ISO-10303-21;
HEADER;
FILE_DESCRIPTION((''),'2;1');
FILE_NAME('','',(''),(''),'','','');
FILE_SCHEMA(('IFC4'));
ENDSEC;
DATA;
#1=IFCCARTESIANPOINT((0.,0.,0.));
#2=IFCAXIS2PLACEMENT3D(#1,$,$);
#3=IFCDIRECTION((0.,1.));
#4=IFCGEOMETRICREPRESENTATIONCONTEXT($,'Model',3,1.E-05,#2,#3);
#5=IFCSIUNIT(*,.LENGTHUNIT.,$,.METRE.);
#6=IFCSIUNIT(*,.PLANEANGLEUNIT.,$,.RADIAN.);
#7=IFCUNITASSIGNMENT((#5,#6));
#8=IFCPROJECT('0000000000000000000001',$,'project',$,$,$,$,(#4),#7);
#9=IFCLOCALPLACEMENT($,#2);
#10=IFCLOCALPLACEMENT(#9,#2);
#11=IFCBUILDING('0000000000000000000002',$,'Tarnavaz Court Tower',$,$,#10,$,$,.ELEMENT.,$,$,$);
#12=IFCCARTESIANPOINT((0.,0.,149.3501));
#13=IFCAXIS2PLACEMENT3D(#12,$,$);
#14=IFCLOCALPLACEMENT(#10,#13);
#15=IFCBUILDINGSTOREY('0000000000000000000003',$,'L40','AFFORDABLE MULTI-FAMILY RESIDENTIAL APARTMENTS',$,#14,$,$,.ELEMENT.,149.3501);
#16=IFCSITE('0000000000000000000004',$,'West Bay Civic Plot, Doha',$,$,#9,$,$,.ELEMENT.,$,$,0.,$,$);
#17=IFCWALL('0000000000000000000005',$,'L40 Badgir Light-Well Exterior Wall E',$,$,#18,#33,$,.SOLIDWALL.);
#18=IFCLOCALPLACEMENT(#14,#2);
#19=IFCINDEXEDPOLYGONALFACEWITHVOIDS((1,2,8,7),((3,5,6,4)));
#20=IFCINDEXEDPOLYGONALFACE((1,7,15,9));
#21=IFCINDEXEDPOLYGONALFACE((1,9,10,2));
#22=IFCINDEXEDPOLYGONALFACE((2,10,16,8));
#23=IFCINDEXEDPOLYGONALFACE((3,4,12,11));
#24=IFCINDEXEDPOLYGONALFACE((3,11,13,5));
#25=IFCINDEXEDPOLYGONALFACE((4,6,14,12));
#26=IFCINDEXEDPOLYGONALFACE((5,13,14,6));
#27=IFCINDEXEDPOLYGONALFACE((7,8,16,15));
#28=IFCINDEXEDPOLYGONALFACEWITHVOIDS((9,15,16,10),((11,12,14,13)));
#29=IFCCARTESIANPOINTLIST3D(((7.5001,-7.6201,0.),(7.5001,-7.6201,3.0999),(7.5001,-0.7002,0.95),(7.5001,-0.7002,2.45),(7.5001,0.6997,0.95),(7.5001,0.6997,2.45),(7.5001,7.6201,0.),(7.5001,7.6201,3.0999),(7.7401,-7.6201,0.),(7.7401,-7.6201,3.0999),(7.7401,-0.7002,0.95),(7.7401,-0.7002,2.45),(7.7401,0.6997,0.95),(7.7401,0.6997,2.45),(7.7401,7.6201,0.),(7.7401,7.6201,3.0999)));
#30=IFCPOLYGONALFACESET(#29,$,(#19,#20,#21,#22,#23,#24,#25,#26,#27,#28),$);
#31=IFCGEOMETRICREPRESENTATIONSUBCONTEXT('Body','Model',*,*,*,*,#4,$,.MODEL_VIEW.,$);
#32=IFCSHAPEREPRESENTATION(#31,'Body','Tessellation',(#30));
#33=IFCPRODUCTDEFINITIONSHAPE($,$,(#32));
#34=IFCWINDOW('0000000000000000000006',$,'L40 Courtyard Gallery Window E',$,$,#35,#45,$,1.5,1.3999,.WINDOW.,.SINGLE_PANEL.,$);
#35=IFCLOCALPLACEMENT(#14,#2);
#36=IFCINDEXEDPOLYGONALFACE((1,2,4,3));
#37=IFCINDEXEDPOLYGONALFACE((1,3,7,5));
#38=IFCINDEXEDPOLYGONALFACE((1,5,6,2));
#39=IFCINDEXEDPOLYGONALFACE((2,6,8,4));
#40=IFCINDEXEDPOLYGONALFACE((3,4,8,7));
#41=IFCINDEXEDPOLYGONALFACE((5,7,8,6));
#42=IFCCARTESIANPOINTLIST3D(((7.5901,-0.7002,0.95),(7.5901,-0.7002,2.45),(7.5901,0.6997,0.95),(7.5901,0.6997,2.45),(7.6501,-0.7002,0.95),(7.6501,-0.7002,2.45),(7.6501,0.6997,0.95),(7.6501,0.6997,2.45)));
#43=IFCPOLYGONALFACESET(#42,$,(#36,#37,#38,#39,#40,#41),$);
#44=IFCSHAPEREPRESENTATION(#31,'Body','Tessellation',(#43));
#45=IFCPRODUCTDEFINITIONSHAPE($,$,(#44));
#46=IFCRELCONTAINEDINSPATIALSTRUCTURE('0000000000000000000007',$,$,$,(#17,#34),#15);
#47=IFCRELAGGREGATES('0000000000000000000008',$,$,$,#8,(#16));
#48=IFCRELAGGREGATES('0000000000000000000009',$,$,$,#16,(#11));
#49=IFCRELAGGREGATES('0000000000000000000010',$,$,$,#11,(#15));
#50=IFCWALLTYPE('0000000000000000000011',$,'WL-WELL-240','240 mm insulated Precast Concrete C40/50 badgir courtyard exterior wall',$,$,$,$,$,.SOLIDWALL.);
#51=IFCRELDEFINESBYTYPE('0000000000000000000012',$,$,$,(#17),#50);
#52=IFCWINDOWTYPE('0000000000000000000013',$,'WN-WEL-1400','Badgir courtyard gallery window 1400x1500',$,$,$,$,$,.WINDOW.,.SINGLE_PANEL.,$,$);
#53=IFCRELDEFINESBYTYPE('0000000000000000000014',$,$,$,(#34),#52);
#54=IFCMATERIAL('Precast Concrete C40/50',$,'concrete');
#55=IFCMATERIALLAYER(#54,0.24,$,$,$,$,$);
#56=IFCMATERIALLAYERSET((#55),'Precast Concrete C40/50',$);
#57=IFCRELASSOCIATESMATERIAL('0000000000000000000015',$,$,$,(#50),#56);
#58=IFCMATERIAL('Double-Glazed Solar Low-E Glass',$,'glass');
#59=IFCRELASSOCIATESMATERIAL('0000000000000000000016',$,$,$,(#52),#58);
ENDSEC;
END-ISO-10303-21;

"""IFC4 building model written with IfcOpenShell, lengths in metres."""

from ifc_helpers import new_model, si_unit, direction, frame, frame_2d, origin, place, context, subcontext, project, spatial, rectangle, extrude, material, layer, layer_set, type_object, element, fill, save


model = new_model("IFC4")

# Units and contexts
model_context = context("Model", 3, precision=1e-05, world=origin(), true_north=direction((0.0, 1.0)))
body_context = subcontext(model_context, "Body", "Model", "MODEL_VIEW")
ifc_project = project(units=[si_unit("LENGTHUNIT", "METRE"), si_unit("PLANEANGLEUNIT", "RADIAN")], contexts=[model_context])

# Site, building, storey
site_placement = place(None, origin())
site = spatial("IfcSite", under=ifc_project, at=site_placement, Name="West Bay Civic Plot, Doha", CompositionType="ELEMENT", RefElevation=0.0)
building_placement = place(site_placement, origin())
building = spatial("IfcBuilding", under=site, at=building_placement, Name="Tarnavaz Court Tower", CompositionType="ELEMENT")
storey_placement = place(building_placement, frame((0.0, 0.0, 149.3501)))
storey = spatial("IfcBuildingStorey", under=building, at=storey_placement, Name="L40", Description="AFFORDABLE MULTI-FAMILY RESIDENTIAL APARTMENTS", CompositionType="ELEMENT", Elevation=149.3501)

# Wall, opening, window
ifc_material_1 = material(Name="Precast Concrete C40/50", Category="concrete")
ifc_layer_1 = layer(ifc_material_1, 0.24)
ifc_layer_set_1 = layer_set([ifc_layer_1], Name="Precast Concrete C40/50")
wall_type_1 = type_object("IfcWallType", Name="WL-WELL-240", Description="240 mm insulated Precast Concrete C40/50 badgir courtyard exterior wall", PredefinedType="SOLIDWALL", material=ifc_layer_set_1)
wall_1_placement = place(storey_placement, frame((7.6201, -7.6201, 0.0), z_axis=(0.0, 0.0, 1.0), x_axis=(0.0, 1.0, 0.0)))
wall_1 = element("IfcWall", 1, at=wall_1_placement, inside=storey, type_object=wall_type_1, Name="L40 Badgir Light-Well Exterior Wall E", PredefinedType="SOLIDWALL", context=body_context, shape_type="SweptSolid", body=[
    extrude(rectangle(XDim=15.2402, YDim=0.24, at=frame_2d((7.6201, 0.0))), origin(), (0.0, 0.0, 1.0), 3.0999),
])
opening_1_placement = place(wall_1_placement, frame((6.9199, 0.0, 0.95)))
opening_1 = element("IfcOpeningElement", 2, at=opening_1_placement, cuts=wall_1, PredefinedType="OPENING", context=body_context, shape_type="SweptSolid", body=[
    extrude(rectangle(XDim=1.3999, YDim=1.5, at=frame_2d((0.7, 0.75))), frame((0.0, 0.1299, 0.0), z_axis=(0.0, -1.0, 0.0), x_axis=(1.0, 0.0, 0.0)), (0.0, 0.0, 1.0), 0.26),
])
ifc_material_2 = material(Name="Double-Glazed Solar Low-E Glass", Category="glass")
window_type = type_object("IfcWindowType", Name="WN-WEL-1400", Description="Badgir courtyard gallery window 1400x1500", PartitioningType="SINGLE_PANEL", PredefinedType="WINDOW", material=ifc_material_2)
window_placement = place(opening_1_placement, origin())
window = element("IfcWindow", 3, at=window_placement, inside=storey, type_object=window_type, Name="L40 Courtyard Gallery Window E", OverallHeight=1.5, OverallWidth=1.3999, PartitioningType="SINGLE_PANEL", PredefinedType="WINDOW", context=body_context, shape_type="SweptSolid", body=[
    extrude(rectangle(XDim=1.3999, YDim=1.5, at=frame_2d((0.7, 0.75))), frame((0.0, 0.03, 0.0), z_axis=(0.0, -1.0, 0.0), x_axis=(1.0, 0.0, 0.0)), (0.0, 0.0, 1.0), 0.0601),
])
fill(opening_1, window)

save(model, "model.ifc")
